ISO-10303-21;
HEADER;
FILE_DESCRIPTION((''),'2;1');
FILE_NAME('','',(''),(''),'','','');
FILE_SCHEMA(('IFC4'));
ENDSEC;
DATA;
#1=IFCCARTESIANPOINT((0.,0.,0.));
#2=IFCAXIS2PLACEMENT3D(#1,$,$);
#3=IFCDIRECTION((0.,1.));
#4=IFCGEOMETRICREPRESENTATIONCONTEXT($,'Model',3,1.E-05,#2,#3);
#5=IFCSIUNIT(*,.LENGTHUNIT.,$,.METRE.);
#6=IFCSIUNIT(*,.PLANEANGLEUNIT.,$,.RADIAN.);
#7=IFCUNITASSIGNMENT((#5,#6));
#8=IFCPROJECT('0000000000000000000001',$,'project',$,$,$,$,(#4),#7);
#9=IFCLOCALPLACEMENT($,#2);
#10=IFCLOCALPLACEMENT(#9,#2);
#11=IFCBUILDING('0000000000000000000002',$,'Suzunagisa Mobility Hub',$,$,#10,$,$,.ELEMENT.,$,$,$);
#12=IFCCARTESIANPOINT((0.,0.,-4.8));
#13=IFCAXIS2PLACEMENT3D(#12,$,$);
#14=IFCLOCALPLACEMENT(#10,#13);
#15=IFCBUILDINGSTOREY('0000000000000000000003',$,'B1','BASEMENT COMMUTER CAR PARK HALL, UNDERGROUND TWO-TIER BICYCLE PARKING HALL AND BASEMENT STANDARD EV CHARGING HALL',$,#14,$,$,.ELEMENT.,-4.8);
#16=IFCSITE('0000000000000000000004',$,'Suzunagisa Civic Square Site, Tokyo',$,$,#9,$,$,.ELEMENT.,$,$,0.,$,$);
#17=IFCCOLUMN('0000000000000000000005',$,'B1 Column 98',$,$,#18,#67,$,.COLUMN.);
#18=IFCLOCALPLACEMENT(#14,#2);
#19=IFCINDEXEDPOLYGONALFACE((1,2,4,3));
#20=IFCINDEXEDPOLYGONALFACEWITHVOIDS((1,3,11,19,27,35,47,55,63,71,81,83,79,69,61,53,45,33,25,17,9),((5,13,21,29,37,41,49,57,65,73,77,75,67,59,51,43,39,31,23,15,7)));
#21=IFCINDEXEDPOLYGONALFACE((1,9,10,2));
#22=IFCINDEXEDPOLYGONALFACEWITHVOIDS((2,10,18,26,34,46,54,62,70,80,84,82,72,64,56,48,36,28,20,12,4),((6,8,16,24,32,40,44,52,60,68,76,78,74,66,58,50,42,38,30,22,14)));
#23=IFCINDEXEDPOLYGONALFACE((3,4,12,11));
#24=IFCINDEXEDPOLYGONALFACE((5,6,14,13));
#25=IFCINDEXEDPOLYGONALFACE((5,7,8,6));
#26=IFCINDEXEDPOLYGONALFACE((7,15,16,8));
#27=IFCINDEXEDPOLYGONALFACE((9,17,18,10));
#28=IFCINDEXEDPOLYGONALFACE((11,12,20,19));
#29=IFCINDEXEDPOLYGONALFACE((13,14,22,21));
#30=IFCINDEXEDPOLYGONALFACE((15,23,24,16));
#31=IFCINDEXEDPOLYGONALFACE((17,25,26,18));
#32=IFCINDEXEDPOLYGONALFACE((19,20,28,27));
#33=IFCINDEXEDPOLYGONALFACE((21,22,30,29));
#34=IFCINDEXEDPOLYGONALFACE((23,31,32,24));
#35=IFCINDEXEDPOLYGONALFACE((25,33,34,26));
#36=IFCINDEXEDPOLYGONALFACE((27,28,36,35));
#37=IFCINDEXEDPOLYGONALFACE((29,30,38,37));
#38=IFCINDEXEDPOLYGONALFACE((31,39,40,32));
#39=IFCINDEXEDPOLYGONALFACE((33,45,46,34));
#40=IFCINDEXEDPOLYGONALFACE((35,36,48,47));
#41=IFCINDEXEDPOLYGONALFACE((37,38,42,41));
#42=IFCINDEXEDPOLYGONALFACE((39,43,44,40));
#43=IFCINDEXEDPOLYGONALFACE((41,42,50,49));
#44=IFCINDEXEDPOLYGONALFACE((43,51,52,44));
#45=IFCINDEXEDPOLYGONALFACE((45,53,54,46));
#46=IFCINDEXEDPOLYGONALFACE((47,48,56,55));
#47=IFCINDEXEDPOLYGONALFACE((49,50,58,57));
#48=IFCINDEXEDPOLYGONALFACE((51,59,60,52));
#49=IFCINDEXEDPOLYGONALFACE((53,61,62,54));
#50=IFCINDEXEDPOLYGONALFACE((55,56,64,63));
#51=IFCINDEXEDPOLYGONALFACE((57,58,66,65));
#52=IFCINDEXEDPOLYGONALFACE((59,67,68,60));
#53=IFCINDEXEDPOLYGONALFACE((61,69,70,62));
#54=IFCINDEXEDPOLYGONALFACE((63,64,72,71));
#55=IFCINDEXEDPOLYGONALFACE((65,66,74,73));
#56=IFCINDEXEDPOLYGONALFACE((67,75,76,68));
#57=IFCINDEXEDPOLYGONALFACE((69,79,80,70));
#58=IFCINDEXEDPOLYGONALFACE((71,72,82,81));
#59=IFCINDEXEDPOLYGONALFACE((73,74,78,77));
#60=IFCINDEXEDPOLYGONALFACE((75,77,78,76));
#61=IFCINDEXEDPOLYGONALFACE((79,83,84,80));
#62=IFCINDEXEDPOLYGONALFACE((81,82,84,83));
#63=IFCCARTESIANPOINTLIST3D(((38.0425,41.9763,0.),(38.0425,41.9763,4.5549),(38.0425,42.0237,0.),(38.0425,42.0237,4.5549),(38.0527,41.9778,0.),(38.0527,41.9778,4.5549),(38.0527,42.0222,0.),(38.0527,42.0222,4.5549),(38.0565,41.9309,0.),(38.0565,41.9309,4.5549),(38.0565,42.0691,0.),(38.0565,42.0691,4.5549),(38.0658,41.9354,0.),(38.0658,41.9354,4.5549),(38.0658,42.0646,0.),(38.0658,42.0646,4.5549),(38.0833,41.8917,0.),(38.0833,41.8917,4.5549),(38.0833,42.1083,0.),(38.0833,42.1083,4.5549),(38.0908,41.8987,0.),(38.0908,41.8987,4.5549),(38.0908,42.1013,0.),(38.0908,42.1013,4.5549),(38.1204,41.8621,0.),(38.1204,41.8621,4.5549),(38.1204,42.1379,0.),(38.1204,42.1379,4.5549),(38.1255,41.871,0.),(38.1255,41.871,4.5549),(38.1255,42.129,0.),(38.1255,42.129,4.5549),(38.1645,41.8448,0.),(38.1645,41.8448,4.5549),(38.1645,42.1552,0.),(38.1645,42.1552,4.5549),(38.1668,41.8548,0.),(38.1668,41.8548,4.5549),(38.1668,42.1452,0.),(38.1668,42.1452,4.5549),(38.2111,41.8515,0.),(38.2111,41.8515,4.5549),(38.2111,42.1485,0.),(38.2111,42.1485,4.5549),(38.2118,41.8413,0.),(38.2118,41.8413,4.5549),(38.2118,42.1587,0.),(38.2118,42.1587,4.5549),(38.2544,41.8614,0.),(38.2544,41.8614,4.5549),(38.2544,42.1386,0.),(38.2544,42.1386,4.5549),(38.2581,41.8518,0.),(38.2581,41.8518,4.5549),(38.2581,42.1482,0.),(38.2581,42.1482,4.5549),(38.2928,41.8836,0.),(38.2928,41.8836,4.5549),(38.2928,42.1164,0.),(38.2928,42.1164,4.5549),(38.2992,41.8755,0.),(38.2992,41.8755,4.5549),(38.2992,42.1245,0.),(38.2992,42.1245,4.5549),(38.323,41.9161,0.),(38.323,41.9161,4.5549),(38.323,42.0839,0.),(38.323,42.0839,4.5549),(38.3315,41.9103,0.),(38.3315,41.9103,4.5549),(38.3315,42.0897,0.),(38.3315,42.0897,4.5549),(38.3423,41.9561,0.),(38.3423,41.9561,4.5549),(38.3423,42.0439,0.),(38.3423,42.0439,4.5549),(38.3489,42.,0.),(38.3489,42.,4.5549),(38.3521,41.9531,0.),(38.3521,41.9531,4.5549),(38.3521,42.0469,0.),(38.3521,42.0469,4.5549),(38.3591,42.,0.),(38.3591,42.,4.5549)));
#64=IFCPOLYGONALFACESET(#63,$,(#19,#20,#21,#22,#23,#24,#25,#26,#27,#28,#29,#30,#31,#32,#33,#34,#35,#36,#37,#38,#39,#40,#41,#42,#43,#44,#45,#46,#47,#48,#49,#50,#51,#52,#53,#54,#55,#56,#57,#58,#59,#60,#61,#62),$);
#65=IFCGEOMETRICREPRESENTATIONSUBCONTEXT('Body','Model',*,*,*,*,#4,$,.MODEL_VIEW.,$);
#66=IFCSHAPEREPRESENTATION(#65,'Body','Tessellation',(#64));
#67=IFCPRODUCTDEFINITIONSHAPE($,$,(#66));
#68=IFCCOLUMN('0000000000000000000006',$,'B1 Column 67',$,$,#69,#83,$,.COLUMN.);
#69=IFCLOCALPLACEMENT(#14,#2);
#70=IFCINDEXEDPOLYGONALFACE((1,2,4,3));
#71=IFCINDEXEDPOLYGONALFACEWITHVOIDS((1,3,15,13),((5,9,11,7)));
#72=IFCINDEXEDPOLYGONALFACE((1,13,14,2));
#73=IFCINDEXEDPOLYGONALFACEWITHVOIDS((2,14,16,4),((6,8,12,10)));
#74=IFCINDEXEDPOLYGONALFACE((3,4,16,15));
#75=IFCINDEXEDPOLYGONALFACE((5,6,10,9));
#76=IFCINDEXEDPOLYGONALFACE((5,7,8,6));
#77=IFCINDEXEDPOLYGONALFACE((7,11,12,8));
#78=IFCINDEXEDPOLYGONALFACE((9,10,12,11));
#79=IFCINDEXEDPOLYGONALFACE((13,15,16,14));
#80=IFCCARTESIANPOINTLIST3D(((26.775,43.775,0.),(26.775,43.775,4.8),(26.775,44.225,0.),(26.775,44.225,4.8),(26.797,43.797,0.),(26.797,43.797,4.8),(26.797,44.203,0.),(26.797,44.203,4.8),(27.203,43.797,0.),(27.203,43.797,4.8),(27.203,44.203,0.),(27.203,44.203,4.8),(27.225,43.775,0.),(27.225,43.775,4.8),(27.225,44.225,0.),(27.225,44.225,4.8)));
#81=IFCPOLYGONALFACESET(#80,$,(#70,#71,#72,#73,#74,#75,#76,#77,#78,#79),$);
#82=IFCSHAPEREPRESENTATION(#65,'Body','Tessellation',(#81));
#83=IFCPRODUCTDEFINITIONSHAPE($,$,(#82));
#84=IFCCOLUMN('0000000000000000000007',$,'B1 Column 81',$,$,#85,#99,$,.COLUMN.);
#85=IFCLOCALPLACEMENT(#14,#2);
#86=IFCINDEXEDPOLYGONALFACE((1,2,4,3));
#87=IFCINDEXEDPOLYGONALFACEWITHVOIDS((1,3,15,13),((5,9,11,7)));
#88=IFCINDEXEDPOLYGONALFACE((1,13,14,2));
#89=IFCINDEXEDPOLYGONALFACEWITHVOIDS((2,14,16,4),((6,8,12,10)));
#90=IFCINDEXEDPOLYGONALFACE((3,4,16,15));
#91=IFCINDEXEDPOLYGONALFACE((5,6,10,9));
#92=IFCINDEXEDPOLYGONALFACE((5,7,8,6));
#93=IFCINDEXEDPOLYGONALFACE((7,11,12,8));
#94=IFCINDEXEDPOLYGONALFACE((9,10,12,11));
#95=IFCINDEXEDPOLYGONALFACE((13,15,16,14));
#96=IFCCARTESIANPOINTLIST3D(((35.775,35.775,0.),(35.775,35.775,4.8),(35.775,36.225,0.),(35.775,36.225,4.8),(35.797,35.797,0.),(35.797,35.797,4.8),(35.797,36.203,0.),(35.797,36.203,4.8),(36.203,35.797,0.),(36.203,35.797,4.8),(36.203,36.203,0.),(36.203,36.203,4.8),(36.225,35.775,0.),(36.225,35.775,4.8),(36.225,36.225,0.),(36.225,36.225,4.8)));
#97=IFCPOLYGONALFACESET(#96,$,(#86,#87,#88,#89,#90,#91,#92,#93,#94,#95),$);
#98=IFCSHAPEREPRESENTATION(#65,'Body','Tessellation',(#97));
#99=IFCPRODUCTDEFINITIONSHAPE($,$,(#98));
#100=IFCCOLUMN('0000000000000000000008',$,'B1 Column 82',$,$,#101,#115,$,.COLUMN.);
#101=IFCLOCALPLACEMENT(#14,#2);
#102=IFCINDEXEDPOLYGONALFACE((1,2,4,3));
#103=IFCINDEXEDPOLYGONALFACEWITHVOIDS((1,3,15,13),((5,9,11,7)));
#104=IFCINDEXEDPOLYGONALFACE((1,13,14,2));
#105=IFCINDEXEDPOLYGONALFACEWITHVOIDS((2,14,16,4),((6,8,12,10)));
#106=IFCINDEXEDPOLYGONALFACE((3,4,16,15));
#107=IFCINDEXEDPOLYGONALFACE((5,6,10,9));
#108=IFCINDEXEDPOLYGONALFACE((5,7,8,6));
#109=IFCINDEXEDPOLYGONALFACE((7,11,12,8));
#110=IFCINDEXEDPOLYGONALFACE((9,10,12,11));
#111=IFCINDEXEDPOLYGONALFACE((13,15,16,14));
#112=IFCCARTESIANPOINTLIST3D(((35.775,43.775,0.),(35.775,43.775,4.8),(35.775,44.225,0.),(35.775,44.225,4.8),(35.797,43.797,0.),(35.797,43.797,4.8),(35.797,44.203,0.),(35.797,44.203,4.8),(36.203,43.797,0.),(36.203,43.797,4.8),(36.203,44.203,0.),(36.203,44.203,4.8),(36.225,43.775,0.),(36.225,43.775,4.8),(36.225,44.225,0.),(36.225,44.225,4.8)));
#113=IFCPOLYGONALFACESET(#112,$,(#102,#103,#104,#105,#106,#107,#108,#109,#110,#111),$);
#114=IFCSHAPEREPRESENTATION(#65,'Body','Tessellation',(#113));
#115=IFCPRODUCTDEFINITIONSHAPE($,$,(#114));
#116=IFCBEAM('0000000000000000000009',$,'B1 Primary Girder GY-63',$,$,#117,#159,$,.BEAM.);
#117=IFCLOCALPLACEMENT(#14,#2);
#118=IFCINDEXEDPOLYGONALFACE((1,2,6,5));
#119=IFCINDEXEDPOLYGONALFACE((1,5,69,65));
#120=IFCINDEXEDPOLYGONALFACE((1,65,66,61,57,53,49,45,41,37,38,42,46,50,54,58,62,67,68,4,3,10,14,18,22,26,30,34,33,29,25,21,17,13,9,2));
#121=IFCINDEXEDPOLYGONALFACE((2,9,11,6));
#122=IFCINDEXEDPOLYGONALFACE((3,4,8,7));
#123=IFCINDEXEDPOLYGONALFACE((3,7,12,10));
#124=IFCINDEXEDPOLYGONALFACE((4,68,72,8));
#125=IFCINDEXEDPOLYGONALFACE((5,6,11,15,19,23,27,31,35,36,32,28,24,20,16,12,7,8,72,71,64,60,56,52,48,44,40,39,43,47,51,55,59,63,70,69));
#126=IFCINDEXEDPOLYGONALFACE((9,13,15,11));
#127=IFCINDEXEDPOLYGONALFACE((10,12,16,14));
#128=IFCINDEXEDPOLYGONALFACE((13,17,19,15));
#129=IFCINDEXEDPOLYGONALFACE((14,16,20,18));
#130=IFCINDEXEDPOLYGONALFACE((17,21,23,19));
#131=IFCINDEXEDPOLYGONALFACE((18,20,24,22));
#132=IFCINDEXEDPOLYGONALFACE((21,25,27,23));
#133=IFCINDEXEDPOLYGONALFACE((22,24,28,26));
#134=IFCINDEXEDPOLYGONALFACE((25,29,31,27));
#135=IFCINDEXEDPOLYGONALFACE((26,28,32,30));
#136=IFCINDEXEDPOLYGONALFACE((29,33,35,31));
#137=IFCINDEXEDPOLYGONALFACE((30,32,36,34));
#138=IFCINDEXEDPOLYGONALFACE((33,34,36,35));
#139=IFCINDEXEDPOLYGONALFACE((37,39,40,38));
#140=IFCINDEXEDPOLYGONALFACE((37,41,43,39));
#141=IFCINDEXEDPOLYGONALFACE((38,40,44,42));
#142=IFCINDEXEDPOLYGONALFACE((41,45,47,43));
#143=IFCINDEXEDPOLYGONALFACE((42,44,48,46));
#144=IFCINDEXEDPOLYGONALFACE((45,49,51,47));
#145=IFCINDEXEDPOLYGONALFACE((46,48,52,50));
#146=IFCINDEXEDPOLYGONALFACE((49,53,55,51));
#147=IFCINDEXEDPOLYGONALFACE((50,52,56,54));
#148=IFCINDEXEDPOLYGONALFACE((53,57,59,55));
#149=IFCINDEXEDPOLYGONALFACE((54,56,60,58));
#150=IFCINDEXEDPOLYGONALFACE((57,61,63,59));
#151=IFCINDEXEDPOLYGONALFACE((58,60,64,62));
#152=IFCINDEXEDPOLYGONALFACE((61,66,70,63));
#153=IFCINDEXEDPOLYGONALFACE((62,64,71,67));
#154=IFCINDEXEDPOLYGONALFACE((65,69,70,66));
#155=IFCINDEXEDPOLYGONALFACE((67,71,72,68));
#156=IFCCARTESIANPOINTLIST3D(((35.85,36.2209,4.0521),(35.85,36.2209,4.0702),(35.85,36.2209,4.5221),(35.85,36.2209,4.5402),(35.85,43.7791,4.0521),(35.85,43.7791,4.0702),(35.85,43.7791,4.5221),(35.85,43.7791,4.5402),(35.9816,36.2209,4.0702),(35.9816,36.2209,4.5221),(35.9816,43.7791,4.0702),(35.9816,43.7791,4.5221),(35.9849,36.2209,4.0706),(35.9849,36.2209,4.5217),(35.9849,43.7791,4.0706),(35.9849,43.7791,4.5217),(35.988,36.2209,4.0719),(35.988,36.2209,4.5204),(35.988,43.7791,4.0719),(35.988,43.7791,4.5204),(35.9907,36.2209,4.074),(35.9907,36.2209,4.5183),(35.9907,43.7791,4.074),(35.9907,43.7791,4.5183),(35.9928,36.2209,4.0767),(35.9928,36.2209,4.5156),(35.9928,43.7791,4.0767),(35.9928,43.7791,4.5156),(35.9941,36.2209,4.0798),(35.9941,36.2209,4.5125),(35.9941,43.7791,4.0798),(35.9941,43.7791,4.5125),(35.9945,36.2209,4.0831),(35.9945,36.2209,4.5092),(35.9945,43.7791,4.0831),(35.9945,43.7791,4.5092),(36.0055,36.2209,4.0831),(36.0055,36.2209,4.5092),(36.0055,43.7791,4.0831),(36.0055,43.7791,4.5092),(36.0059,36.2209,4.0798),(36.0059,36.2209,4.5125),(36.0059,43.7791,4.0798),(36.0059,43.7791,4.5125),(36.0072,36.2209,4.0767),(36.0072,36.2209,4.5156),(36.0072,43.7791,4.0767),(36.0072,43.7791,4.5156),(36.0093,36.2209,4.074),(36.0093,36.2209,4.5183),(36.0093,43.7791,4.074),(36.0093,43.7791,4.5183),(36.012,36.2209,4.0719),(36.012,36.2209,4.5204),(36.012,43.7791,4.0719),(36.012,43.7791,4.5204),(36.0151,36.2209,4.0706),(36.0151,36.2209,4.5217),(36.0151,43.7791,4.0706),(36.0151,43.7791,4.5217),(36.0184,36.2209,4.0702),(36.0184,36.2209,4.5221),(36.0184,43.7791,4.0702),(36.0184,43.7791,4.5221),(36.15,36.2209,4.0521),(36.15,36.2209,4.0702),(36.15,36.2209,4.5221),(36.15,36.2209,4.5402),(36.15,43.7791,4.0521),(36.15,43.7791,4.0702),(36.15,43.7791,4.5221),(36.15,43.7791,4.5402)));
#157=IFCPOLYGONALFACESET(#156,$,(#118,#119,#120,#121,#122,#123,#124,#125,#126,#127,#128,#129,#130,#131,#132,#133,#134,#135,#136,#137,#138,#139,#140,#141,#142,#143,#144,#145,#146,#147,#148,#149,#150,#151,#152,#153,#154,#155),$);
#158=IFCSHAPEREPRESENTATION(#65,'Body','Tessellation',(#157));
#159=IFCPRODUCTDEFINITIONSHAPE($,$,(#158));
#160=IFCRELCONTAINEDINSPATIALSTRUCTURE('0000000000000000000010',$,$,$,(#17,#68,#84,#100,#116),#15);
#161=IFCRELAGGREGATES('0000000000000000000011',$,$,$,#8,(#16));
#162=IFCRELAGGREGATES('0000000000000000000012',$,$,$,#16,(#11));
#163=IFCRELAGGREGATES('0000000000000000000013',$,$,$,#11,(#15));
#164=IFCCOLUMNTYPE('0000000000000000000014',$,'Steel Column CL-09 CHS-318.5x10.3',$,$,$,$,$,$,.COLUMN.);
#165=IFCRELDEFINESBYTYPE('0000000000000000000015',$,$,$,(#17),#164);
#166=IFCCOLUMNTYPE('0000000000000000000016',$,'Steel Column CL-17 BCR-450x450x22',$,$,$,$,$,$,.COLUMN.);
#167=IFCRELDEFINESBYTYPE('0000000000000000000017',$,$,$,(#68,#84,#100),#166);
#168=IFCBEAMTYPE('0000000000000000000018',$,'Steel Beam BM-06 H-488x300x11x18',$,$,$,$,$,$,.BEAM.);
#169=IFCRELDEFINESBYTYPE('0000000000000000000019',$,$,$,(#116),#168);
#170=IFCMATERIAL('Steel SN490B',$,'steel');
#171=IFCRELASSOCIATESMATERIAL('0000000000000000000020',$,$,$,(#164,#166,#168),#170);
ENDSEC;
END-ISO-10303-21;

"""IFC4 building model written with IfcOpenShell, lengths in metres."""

from ifc_helpers import new_model, si_unit, direction, frame, origin, origin_2d, place, context, subcontext, project, spatial, hollow_rectangle, hollow_circle, i_section, extrude, material, material_profile, profile_set, type_object, element, save


model = new_model("IFC4")

# Units and contexts
model_context = context("Model", 3, precision=1e-05, world=origin(), true_north=direction((0.0, 1.0)))
body_context = subcontext(model_context, "Body", "Model", "MODEL_VIEW")
ifc_project = project(units=[si_unit("LENGTHUNIT", "METRE"), si_unit("PLANEANGLEUNIT", "RADIAN")], contexts=[model_context])

# Site, building, storey
site_placement = place(None, origin())
site = spatial("IfcSite", under=ifc_project, at=site_placement, Name="Suzunagisa Civic Square Site, Tokyo", CompositionType="ELEMENT", RefElevation=0.0)
building_placement = place(site_placement, origin())
building = spatial("IfcBuilding", under=site, at=building_placement, Name="Suzunagisa Mobility Hub", CompositionType="ELEMENT")
storey_placement = place(building_placement, frame((0.0, 0.0, -4.8)))
storey = spatial("IfcBuildingStorey", under=building, at=storey_placement, Name="B1", Description="BASEMENT COMMUTER CAR PARK HALL, UNDERGROUND TWO-TIER BICYCLE PARKING HALL AND BASEMENT STANDARD EV CHARGING HALL", CompositionType="ELEMENT", Elevation=-4.8)

# Columns
ifc_material_1 = material(Name="Steel SN490B", Category="steel")
ifc_material_profile_1 = material_profile(ifc_material_1, hollow_circle(Radius=0.1592, WallThickness=0.0103, at=origin_2d()), Name="CHS-318.5x10.3")
ifc_profile_set_1 = profile_set([ifc_material_profile_1], Name="Steel SN490B")
column_type_1 = type_object("IfcColumnType", Name="Steel Column CL-09 CHS-318.5x10.3", PredefinedType="COLUMN", material=ifc_profile_set_1)
column_placement = place(storey_placement, frame((38.2, 42.0, 0.0), z_axis=(0.0, 0.0, 1.0), x_axis=(1.0, 0.0, 0.0)))
element("IfcColumn", 1, at=column_placement, inside=storey, type_object=column_type_1, Name="B1 Column 98", PredefinedType="COLUMN", context=body_context, shape_type="SweptSolid", body=[
    extrude(hollow_circle(Radius=0.1592, WallThickness=0.0103, at=origin_2d()), origin(), (0.0, 0.0, 1.0), 4.5549),
])
ifc_material_profile_2 = material_profile(ifc_material_1, hollow_rectangle(XDim=0.45, YDim=0.45, WallThickness=0.022, at=origin_2d()), Name="BCR-450x450x22")
ifc_profile_set_2 = profile_set([ifc_material_profile_2], Name="Steel SN490B")
column_type_2 = type_object("IfcColumnType", Name="Steel Column CL-17 BCR-450x450x22", PredefinedType="COLUMN", material=ifc_profile_set_2)
for number, where, z_axis, x_axis, name in (
    (2, (27.0, 44.0, 0.0), (0.0, 0.0, 1.0), (1.0, 0.0, 0.0), "B1 Column 67"),
    (3, (36.0, 36.0, 0.0), (0.0, 0.0, 1.0), (1.0, 0.0, 0.0), "B1 Column 81"),
    (4, (36.0, 44.0, 0.0), (0.0, 0.0, 1.0), (1.0, 0.0, 0.0), "B1 Column 82"),
):
    element("IfcColumn", number, at=place(storey_placement, frame(where, z_axis=z_axis, x_axis=x_axis)), inside=storey, type_object=column_type_2, Name=name, PredefinedType="COLUMN", context=body_context, shape_type="SweptSolid", body=[
        extrude(hollow_rectangle(XDim=0.45, YDim=0.45, WallThickness=0.022, at=origin_2d()), origin(), (0.0, 0.0, 1.0), 4.8),
    ])

# Beam
ifc_material_profile_3 = material_profile(ifc_material_1, i_section(OverallWidth=0.3, OverallDepth=0.488, WebThickness=0.011, FlangeThickness=0.0181, FilletRadius=0.0129, at=origin_2d()), Name="H-488x300x11x18")
ifc_profile_set_3 = profile_set([ifc_material_profile_3], Name="Steel SN490B")
beam_type_1 = type_object("IfcBeamType", Name="Steel Beam BM-06 H-488x300x11x18", PredefinedType="BEAM", material=ifc_profile_set_3)
beam_placement = place(storey_placement, frame((36.0, 36.2209, 4.2961), z_axis=(0.0, 1.0, 0.0), x_axis=(-1.0, 0.0, 0.0)))
element("IfcBeam", 5, at=beam_placement, inside=storey, type_object=beam_type_1, Name="B1 Primary Girder GY-63", PredefinedType="BEAM", context=body_context, shape_type="SweptSolid", body=[
    extrude(i_section(OverallWidth=0.3, OverallDepth=0.488, WebThickness=0.011, FlangeThickness=0.0181, FilletRadius=0.0129, at=origin_2d()), origin(), (0.0, 0.0, 1.0), 7.5581),
])

save(model, "model.ifc")
